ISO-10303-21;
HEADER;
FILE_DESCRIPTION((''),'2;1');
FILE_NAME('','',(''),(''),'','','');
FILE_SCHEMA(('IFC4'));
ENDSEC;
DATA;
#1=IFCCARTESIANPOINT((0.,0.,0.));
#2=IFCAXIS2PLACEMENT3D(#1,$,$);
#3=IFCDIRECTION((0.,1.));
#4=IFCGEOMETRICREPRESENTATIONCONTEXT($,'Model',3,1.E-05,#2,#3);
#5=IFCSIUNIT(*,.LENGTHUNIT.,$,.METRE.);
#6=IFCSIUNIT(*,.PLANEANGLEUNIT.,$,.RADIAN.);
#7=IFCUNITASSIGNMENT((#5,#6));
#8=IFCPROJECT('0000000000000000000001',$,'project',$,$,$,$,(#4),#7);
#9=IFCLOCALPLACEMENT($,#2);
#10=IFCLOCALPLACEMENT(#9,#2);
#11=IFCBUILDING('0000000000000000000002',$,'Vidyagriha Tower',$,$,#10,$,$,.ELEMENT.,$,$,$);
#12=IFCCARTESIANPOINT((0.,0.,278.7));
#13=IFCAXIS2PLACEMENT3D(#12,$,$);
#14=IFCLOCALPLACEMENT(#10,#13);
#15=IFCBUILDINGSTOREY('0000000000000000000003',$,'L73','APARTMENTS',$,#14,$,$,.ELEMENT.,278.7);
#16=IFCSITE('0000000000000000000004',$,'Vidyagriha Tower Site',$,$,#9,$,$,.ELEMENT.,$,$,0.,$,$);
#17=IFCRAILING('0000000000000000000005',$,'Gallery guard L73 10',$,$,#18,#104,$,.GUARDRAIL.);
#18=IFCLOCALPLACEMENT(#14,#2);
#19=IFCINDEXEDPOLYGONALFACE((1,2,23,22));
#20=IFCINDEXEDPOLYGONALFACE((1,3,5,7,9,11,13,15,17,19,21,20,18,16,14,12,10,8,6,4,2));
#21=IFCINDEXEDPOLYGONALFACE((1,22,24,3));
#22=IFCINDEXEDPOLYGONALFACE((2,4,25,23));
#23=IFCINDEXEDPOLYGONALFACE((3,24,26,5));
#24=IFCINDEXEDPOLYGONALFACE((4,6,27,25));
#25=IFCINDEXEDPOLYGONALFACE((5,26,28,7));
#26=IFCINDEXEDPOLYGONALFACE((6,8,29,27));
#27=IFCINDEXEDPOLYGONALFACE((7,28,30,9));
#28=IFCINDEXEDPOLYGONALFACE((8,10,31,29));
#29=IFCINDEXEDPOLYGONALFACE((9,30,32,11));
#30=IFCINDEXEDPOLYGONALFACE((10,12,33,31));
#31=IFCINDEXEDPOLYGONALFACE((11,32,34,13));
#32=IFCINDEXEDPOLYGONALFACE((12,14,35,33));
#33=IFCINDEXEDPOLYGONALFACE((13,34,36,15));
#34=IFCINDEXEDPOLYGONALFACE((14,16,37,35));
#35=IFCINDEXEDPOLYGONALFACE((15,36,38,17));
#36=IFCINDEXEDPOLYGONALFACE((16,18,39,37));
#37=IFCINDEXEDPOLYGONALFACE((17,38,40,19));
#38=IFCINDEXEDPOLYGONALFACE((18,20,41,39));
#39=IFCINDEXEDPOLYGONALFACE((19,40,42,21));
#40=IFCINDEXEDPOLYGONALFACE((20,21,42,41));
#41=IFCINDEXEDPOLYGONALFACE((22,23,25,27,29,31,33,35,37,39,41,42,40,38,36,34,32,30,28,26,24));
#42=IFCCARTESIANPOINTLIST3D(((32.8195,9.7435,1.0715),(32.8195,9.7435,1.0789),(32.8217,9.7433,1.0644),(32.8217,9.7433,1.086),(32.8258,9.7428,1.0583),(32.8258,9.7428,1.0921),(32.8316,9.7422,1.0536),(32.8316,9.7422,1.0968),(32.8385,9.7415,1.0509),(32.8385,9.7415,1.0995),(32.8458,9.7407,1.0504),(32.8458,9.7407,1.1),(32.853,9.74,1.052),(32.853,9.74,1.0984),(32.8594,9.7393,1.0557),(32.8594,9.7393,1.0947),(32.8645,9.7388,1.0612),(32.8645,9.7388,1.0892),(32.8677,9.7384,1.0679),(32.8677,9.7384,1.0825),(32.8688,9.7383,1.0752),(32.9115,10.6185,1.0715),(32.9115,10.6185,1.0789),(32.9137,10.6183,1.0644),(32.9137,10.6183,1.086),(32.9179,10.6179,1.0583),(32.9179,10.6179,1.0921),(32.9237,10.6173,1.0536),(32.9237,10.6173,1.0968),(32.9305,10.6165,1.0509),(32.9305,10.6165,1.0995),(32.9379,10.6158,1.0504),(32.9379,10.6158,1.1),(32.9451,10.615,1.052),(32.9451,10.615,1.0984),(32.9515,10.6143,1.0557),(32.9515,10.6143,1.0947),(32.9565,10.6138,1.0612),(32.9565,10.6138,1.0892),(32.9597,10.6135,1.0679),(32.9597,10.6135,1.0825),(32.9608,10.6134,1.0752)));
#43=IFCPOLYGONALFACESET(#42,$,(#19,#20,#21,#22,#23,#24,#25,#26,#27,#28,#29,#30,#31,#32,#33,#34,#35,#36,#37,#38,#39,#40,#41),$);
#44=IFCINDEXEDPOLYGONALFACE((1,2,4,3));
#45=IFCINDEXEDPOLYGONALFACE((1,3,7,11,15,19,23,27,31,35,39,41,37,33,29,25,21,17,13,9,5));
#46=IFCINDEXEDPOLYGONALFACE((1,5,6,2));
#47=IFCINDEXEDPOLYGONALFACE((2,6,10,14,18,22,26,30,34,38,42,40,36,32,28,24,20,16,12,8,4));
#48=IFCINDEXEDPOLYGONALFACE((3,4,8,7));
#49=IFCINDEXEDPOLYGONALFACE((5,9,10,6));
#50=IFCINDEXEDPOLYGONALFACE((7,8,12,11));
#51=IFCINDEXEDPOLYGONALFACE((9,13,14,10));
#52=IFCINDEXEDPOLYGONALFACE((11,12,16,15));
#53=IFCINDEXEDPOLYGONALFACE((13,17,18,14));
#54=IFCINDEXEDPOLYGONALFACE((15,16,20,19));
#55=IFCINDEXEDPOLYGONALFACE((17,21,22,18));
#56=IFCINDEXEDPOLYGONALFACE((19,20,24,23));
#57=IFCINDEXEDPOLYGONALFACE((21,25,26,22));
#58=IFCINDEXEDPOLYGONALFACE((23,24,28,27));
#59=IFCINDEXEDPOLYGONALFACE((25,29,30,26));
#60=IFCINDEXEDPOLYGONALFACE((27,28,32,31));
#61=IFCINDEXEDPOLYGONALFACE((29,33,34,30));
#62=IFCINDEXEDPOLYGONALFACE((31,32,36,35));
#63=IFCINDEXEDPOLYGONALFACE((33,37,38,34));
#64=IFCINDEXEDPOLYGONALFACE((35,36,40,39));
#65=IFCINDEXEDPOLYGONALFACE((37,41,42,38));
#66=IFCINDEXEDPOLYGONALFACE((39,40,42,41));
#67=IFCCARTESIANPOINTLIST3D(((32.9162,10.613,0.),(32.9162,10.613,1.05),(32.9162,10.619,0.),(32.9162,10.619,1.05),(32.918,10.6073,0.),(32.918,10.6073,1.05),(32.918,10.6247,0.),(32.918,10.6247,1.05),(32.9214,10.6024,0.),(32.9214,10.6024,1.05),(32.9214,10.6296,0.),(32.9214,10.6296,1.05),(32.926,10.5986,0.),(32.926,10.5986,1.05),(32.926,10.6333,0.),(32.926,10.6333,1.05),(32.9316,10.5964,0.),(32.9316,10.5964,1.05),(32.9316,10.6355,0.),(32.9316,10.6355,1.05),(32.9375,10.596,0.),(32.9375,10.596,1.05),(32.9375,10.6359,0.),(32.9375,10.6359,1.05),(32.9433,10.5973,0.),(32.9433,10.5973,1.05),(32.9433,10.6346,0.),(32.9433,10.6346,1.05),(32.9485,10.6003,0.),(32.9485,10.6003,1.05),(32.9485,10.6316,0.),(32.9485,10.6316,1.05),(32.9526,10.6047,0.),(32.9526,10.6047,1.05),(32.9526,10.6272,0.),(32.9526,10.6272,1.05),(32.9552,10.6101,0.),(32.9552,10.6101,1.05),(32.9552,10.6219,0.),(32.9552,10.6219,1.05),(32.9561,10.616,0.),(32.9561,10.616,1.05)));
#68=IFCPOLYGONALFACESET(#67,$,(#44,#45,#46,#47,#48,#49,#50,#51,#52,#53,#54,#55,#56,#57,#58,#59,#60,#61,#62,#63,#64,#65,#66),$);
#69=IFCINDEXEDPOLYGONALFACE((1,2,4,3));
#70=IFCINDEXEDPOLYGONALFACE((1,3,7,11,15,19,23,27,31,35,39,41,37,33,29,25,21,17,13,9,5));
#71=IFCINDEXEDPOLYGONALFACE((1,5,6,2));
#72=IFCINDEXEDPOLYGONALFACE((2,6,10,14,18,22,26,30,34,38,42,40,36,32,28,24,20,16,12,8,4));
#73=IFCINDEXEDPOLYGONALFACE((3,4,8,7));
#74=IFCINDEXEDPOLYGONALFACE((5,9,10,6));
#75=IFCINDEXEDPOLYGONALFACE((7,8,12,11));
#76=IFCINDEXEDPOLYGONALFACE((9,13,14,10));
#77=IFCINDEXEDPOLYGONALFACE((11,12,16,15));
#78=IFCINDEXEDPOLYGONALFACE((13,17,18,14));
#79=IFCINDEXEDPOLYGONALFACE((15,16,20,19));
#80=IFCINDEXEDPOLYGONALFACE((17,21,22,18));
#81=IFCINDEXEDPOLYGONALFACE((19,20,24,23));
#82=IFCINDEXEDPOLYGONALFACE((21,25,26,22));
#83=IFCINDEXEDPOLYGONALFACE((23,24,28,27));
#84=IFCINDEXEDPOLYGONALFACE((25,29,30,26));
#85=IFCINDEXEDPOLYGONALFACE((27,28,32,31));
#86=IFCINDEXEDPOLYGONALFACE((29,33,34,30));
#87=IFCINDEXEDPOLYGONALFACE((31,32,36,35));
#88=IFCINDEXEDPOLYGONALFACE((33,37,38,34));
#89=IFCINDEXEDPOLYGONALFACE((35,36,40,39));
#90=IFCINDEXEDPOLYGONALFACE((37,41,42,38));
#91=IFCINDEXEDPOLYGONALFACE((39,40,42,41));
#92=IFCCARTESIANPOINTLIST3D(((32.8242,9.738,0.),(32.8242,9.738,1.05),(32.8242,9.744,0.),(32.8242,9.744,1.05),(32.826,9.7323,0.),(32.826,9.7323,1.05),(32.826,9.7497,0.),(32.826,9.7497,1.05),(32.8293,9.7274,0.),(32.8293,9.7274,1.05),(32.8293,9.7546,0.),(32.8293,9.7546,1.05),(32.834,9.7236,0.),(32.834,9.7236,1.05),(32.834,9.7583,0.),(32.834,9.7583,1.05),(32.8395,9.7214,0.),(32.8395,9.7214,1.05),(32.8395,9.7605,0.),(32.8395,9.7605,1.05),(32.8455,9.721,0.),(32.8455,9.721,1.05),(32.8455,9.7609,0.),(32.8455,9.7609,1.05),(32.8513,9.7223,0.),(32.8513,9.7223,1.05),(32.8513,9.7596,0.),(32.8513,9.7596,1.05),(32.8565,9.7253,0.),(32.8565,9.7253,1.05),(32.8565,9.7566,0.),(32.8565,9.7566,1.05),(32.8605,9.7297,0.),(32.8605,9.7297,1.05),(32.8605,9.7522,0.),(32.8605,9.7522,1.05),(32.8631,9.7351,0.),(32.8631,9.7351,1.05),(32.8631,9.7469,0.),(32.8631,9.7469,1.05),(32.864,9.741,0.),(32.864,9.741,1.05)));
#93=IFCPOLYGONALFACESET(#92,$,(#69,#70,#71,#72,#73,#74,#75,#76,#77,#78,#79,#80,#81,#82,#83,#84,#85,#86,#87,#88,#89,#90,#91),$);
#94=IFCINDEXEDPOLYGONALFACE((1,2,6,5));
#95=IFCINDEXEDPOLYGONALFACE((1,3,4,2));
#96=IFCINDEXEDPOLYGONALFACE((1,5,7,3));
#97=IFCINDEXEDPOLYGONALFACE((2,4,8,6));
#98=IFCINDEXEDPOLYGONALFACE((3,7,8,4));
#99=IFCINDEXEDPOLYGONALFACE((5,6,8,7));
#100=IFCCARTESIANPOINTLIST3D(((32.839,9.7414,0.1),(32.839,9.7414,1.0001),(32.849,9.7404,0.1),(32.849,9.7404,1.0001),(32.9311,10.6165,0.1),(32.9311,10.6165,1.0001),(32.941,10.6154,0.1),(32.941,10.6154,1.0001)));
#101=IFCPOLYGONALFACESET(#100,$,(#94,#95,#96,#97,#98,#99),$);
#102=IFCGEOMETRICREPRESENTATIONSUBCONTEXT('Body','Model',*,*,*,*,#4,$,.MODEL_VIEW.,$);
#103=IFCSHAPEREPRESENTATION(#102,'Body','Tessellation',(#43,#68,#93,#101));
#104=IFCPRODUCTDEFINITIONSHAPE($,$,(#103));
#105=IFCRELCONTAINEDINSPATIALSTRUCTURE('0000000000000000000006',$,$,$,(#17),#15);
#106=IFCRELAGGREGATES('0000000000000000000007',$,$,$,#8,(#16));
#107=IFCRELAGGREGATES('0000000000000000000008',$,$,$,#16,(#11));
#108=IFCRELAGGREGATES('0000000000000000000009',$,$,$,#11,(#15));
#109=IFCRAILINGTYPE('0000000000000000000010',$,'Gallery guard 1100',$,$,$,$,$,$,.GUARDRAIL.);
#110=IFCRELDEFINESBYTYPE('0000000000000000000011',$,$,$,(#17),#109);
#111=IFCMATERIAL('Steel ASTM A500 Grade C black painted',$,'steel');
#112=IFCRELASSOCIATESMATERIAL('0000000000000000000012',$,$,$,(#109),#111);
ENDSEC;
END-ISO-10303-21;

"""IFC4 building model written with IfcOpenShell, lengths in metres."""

from ifc_helpers import new_model, si_unit, direction, frame, origin, origin_2d, place, context, subcontext, project, spatial, rectangle, circle, extrude, material, type_object, element, save


model = new_model("IFC4")

# Units and contexts
model_context = context("Model", 3, precision=1e-05, world=origin(), true_north=direction((0.0, 1.0)))
body_context = subcontext(model_context, "Body", "Model", "MODEL_VIEW")
ifc_project = project(units=[si_unit("LENGTHUNIT", "METRE"), si_unit("PLANEANGLEUNIT", "RADIAN")], contexts=[model_context])

# Site, building, storey
site_placement = place(None, origin())
site = spatial("IfcSite", under=ifc_project, at=site_placement, Name="Vidyagriha Tower Site", CompositionType="ELEMENT", RefElevation=0.0)
building_placement = place(site_placement, origin())
building = spatial("IfcBuilding", under=site, at=building_placement, Name="Vidyagriha Tower", CompositionType="ELEMENT")
storey_placement = place(building_placement, frame((0.0, 0.0, 278.7)))
storey = spatial("IfcBuildingStorey", under=building, at=storey_placement, Name="L73", Description="APARTMENTS", CompositionType="ELEMENT", Elevation=278.7)

# Railing
ifc_material_1 = material(Name="Steel ASTM A500 Grade C black painted", Category="steel")
railing_type_1 = type_object("IfcRailingType", Name="Gallery guard 1100", PredefinedType="GUARDRAIL", material=ifc_material_1)
railing_1_placement = place(storey_placement, frame((32.936, 10.616, 0.0)))
element("IfcRailing", 1, at=railing_1_placement, inside=storey, type_object=railing_type_1, Name="Gallery guard L73 10", PredefinedType="GUARDRAIL", context=body_context, shape_type="SweptSolid", body=[
    extrude(circle(Radius=0.0249, at=origin_2d()), frame((0.0, 0.0, 1.0752), z_axis=(-0.104613, -0.994513, 0.0), x_axis=(0.994513, -0.104613, 0.0)), (0.0, 0.0, 1.0), 0.8799),
    extrude(circle(Radius=0.02, at=origin_2d()), origin(), (0.0, 0.0, 1.0), 1.05),
    extrude(circle(Radius=0.02, at=origin_2d()), frame((-0.092, -0.875, 0.0)), (0.0, 0.0, 1.0), 1.05),
    extrude(rectangle(XDim=0.01, YDim=0.9001, at=origin_2d()), frame((0.0, 0.0, 0.55), z_axis=(-0.104613, -0.994513, 0.0), x_axis=(0.994513, -0.104613, 0.0)), (0.0, 0.0, 1.0), 0.8799),
])

save(model, "model.ifc")
